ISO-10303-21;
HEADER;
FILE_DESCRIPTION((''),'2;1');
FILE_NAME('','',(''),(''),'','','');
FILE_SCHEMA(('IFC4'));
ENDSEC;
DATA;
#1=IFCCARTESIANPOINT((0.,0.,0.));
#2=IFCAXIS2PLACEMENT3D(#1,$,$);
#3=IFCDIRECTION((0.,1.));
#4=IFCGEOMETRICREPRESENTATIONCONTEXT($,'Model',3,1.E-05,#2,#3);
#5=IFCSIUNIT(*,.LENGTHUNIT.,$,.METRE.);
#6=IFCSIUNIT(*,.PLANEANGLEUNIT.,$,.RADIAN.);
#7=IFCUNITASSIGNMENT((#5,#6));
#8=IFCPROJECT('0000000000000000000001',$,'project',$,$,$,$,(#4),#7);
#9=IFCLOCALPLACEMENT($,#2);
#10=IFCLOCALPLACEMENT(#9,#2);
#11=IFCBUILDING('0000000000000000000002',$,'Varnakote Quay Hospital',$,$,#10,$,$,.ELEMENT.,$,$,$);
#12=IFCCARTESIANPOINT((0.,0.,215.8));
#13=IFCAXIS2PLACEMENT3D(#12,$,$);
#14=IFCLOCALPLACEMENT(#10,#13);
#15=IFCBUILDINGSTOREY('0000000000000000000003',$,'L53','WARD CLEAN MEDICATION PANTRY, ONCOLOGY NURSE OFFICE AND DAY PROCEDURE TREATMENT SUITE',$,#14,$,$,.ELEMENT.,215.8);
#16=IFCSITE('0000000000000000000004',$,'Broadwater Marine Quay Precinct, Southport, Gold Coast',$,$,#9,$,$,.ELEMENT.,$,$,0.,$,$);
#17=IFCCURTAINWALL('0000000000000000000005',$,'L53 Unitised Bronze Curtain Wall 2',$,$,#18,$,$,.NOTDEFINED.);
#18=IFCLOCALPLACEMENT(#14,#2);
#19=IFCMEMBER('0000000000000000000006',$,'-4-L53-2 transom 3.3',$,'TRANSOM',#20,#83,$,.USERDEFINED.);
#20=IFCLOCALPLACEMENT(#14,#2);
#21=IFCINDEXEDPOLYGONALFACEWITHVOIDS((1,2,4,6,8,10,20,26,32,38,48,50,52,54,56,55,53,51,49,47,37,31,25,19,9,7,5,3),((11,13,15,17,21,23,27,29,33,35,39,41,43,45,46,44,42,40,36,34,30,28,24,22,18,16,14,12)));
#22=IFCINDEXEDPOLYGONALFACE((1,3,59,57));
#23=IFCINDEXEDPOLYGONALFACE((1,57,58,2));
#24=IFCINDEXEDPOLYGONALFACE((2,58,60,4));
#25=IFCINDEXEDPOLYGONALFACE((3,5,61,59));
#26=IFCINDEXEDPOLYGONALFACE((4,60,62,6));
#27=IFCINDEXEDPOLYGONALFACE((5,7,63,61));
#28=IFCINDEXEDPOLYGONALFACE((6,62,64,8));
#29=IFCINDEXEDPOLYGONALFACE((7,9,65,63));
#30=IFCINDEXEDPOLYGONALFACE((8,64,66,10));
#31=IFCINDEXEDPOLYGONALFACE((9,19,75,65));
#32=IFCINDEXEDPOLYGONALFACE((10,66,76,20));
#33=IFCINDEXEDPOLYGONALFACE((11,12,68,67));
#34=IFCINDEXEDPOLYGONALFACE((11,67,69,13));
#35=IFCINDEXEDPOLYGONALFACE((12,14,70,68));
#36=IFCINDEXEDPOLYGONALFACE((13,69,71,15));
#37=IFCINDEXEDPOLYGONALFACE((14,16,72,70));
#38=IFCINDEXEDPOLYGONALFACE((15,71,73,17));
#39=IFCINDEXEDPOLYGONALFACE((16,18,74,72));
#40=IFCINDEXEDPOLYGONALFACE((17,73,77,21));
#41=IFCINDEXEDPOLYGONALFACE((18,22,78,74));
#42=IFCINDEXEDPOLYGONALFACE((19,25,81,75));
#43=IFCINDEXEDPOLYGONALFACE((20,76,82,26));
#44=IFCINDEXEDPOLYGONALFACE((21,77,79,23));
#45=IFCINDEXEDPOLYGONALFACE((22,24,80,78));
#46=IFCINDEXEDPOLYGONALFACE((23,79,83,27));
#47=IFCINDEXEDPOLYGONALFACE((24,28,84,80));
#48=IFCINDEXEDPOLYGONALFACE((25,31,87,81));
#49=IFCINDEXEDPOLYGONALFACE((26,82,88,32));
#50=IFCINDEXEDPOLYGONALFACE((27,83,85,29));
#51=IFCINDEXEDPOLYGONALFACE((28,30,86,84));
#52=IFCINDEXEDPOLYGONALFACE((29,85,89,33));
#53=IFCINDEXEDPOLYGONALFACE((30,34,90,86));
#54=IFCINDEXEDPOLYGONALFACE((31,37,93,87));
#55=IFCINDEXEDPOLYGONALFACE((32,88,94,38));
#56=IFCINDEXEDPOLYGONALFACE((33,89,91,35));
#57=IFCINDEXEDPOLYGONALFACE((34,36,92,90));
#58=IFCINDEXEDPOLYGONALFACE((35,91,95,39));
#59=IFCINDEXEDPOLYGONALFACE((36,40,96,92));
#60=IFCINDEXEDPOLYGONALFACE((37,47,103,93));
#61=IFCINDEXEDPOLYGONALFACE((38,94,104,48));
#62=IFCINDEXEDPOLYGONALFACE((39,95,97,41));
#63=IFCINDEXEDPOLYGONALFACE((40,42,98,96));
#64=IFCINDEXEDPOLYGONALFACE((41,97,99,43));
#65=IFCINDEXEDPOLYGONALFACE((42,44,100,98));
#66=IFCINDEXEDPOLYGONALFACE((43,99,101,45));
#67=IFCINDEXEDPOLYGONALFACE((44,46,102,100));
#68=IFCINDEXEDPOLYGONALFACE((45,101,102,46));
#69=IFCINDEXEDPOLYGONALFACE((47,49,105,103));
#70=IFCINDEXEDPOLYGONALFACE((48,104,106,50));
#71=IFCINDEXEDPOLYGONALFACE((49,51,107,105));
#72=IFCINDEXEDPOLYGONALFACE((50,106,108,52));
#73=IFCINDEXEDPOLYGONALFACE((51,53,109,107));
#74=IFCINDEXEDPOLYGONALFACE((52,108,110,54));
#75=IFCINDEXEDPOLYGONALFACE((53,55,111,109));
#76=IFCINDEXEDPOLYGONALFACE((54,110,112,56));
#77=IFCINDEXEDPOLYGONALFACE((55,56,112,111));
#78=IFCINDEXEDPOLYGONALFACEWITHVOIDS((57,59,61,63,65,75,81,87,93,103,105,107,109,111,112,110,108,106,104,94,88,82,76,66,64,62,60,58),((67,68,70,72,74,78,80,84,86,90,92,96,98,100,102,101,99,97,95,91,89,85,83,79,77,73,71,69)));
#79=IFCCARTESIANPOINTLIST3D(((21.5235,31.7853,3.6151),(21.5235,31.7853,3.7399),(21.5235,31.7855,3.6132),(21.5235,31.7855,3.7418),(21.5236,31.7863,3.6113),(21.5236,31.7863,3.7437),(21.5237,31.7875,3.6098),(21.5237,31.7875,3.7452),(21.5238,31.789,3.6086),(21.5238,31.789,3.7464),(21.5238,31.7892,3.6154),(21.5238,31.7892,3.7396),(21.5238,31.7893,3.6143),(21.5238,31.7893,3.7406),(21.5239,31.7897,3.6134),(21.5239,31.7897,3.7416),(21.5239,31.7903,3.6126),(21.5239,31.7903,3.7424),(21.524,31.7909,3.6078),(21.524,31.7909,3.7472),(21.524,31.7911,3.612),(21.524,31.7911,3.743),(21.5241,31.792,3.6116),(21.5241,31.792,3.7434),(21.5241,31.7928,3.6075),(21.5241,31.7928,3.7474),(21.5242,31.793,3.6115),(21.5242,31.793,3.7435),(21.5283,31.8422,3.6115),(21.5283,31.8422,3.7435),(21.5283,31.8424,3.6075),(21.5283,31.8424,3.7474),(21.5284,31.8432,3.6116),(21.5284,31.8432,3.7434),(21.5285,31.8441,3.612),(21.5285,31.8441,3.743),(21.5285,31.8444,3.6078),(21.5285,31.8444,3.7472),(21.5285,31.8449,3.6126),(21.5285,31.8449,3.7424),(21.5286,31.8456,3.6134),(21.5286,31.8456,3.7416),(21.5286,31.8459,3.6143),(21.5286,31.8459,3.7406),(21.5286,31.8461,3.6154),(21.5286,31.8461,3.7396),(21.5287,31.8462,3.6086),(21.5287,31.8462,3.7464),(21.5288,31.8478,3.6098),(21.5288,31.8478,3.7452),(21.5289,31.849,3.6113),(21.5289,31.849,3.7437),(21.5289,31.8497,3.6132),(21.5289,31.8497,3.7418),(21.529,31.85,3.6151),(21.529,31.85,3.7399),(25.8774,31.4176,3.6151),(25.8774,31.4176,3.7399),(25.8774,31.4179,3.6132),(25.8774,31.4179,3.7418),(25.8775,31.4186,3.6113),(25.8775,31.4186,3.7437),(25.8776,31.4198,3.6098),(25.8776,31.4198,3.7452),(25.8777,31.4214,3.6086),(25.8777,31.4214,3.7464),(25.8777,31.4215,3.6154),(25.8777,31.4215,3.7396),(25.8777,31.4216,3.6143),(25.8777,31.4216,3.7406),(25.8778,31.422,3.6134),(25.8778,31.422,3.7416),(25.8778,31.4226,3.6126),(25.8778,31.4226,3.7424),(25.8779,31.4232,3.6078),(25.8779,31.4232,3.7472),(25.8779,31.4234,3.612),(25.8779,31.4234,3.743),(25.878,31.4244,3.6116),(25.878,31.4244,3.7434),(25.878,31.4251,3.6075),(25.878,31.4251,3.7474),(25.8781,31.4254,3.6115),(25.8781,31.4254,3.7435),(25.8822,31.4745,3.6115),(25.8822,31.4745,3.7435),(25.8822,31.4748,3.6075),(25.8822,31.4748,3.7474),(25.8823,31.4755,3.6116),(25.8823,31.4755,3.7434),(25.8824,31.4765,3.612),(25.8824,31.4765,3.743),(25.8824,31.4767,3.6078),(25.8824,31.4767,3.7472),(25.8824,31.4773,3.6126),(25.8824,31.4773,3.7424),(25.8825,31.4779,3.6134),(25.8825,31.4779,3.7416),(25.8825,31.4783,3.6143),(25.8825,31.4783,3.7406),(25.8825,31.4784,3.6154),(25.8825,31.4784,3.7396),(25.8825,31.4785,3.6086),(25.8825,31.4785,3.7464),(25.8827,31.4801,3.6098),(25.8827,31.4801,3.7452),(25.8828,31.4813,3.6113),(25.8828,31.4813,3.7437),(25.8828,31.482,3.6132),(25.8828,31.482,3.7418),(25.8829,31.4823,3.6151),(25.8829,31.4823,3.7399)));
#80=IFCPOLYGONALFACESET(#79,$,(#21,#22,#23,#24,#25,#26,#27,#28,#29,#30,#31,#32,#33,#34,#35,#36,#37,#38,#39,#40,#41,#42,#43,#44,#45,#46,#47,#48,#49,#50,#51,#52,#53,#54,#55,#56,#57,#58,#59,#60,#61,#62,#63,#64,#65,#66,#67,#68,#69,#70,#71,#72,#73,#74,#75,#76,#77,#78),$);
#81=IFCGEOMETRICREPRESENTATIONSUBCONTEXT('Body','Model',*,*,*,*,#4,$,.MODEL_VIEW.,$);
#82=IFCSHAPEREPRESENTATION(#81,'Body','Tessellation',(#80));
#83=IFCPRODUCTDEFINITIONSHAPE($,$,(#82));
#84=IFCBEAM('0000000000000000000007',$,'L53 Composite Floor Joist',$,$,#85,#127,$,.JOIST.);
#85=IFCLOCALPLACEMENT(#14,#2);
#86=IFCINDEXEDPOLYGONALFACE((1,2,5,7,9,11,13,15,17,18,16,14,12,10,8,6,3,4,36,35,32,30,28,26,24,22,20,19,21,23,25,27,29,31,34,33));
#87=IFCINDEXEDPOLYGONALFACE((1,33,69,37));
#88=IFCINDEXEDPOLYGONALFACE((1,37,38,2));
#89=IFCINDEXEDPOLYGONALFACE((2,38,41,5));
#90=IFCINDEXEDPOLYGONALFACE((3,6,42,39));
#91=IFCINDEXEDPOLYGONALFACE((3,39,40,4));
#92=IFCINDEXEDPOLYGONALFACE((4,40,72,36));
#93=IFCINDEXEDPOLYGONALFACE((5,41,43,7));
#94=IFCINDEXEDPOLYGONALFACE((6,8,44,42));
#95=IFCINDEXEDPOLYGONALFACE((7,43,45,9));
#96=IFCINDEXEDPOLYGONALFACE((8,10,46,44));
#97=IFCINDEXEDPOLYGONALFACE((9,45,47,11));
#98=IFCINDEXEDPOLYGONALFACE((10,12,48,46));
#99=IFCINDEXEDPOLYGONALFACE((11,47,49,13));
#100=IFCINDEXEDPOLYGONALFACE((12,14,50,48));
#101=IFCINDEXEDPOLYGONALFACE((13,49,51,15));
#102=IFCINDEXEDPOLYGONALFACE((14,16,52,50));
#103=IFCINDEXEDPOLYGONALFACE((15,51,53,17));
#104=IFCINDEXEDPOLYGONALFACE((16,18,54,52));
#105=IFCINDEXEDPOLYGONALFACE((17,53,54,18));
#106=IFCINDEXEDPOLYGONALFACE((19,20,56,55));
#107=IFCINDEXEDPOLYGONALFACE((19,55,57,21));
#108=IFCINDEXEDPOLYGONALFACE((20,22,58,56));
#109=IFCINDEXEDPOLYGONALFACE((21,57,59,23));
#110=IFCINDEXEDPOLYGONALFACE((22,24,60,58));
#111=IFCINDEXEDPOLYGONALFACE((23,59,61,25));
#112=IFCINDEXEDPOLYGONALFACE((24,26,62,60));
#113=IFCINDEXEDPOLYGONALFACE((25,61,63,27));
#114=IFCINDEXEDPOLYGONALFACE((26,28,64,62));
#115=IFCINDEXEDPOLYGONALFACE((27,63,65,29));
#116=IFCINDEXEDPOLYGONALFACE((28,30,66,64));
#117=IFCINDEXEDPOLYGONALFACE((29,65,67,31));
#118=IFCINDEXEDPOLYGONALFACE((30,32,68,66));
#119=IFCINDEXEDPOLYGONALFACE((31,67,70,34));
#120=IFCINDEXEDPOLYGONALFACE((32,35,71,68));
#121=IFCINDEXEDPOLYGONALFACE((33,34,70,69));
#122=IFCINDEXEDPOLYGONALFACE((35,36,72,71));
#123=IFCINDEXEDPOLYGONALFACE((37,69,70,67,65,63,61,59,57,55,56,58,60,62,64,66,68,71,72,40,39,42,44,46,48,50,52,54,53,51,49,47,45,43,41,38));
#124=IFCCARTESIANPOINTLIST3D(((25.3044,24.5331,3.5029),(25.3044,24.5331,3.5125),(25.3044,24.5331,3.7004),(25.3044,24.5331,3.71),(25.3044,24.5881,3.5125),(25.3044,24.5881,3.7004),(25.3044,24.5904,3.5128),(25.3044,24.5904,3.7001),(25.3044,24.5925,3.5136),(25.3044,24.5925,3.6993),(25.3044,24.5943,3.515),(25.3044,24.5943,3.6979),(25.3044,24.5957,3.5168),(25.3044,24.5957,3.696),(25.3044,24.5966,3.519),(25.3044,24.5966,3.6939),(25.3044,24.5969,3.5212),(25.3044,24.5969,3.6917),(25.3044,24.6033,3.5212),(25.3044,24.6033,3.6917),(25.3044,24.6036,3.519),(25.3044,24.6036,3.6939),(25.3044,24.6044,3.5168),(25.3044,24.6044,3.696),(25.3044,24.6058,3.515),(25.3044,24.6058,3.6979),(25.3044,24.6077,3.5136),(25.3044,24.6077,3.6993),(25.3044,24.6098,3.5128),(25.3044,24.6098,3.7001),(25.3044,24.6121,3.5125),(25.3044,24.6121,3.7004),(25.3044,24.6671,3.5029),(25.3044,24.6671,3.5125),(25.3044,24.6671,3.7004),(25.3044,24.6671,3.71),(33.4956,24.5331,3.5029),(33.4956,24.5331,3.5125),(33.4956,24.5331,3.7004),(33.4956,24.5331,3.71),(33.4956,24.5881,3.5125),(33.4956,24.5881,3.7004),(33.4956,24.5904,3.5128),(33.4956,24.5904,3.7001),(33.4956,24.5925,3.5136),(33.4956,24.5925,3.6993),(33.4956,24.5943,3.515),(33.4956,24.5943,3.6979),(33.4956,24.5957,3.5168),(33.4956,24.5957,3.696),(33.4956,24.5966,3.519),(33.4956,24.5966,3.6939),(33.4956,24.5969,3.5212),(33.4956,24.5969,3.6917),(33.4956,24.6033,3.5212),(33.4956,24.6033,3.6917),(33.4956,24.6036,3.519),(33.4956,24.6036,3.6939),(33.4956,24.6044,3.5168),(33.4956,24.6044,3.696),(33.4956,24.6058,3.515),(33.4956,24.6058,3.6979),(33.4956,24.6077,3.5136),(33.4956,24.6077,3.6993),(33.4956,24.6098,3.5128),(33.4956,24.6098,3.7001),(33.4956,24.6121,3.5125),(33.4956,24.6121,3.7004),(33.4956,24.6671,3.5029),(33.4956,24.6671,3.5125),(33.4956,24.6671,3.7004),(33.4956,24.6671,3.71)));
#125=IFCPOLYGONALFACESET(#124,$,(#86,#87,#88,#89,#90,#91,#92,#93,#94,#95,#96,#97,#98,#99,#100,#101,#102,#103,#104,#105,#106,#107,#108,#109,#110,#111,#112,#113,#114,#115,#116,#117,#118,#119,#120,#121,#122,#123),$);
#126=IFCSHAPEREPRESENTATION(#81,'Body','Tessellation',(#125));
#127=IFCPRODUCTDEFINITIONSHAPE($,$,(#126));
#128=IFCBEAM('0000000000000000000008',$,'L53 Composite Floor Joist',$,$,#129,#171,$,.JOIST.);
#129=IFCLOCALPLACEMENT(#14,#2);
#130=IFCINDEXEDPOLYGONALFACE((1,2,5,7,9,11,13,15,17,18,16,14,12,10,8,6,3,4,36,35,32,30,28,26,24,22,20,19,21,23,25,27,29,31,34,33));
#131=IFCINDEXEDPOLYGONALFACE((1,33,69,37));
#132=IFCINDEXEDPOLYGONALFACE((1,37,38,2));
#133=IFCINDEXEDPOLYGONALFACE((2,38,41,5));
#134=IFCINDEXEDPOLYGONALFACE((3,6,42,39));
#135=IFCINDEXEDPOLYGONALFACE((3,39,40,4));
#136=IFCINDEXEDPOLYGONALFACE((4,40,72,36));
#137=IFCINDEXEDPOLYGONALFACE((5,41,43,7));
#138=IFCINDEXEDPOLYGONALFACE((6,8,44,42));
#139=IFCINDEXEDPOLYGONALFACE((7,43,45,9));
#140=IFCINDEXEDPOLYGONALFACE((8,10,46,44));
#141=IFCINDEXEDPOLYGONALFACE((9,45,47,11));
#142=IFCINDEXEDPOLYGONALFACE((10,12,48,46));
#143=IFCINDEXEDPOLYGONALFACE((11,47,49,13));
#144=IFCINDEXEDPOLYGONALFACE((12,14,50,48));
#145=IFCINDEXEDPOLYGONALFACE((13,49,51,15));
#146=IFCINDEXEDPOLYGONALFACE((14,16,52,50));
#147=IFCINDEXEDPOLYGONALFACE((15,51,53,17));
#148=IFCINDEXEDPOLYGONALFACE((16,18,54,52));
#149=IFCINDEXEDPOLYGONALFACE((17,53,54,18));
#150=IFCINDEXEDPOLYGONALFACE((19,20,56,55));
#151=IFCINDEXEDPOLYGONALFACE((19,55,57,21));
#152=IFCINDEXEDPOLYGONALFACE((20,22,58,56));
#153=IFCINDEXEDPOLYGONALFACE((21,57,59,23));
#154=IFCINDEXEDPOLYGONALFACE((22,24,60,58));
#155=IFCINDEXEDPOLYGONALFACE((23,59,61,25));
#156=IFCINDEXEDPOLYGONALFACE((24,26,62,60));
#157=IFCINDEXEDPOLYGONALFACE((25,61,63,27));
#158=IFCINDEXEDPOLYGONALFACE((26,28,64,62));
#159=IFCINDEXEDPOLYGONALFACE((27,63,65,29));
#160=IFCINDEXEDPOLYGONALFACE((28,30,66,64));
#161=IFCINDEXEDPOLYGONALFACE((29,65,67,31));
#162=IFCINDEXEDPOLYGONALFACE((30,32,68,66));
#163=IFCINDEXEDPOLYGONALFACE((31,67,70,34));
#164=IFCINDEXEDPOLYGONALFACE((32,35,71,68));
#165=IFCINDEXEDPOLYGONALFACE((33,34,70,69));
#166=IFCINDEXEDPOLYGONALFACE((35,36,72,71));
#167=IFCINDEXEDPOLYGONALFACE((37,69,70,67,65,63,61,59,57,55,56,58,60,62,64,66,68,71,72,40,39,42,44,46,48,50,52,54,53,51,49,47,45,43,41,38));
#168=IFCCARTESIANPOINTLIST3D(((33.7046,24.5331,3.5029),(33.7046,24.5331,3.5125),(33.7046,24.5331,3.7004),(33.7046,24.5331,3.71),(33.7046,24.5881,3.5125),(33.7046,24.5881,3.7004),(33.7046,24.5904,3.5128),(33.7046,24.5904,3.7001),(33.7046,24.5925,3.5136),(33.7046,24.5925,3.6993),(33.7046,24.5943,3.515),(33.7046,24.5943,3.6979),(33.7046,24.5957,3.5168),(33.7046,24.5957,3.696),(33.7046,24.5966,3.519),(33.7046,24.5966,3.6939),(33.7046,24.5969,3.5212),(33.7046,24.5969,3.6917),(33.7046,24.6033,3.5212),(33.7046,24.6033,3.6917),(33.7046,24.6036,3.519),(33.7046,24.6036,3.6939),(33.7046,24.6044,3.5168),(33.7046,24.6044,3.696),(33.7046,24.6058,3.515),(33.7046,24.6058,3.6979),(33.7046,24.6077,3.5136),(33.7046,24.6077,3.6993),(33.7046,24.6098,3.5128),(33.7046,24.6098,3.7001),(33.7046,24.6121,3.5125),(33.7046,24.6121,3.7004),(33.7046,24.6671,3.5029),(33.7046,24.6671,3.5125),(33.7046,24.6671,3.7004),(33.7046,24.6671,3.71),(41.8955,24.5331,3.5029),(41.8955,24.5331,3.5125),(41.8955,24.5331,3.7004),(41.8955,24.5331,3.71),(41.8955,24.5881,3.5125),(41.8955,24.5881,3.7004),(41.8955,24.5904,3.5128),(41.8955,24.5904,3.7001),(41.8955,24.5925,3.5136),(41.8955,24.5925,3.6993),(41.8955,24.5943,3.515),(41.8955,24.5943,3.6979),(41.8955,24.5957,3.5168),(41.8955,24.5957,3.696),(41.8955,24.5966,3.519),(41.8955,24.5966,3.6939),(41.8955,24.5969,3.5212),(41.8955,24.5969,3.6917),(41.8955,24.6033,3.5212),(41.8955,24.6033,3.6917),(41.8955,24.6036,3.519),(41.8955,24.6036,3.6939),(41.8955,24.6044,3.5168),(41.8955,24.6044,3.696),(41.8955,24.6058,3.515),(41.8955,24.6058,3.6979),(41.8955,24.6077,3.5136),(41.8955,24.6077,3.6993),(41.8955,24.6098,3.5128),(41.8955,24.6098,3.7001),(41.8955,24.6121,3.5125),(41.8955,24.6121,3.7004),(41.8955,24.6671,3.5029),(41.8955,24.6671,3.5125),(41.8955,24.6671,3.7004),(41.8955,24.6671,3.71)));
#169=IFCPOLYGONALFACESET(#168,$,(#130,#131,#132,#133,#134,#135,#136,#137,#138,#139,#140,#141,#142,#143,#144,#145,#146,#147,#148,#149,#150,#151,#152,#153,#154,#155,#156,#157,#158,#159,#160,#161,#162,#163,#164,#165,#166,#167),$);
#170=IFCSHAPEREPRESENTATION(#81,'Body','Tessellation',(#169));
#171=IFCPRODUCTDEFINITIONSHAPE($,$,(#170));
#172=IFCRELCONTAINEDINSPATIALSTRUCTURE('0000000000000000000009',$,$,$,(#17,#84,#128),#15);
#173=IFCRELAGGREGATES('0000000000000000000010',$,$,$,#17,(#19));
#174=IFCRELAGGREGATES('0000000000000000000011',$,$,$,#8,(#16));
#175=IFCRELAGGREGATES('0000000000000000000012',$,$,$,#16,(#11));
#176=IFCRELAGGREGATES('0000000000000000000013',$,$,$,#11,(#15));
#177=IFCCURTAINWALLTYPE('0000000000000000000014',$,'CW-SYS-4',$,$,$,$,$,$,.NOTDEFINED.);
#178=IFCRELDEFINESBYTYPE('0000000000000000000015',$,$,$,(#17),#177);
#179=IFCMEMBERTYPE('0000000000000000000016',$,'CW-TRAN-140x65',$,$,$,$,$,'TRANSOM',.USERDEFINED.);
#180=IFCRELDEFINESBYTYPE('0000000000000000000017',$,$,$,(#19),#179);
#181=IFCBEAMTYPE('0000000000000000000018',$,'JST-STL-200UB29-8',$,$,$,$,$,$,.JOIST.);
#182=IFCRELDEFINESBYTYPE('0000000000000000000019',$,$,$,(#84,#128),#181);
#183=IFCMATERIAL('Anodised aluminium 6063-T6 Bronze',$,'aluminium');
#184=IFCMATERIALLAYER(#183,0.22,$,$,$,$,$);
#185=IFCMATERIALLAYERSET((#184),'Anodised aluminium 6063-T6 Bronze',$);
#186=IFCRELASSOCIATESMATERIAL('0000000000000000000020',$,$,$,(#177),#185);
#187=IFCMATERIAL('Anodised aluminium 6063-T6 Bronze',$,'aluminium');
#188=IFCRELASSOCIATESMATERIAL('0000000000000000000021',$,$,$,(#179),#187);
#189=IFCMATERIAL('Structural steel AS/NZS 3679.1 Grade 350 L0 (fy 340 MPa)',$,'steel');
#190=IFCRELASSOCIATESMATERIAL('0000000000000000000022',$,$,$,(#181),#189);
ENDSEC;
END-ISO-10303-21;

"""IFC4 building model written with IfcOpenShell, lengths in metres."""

from ifc_helpers import new_model, si_unit, direction, frame, origin, origin_2d, place, context, subcontext, project, spatial, hollow_rectangle, i_section, extrude, material, layer, layer_set, material_profile, profile_set, type_object, element, aggregate, save


model = new_model("IFC4")

# Units and contexts
model_context = context("Model", 3, precision=1e-05, world=origin(), true_north=direction((0.0, 1.0)))
body_context = subcontext(model_context, "Body", "Model", "MODEL_VIEW")
ifc_project = project(units=[si_unit("LENGTHUNIT", "METRE"), si_unit("PLANEANGLEUNIT", "RADIAN")], contexts=[model_context])

# Site, building, storey
site_placement = place(None, origin())
site = spatial("IfcSite", under=ifc_project, at=site_placement, Name="Broadwater Marine Quay Precinct, Southport, Gold Coast", CompositionType="ELEMENT", RefElevation=0.0)
building_placement = place(site_placement, origin())
building = spatial("IfcBuilding", under=site, at=building_placement, Name="Varnakote Quay Hospital", CompositionType="ELEMENT")
storey_placement = place(building_placement, frame((0.0, 0.0, 215.8)))
storey = spatial("IfcBuildingStorey", under=building, at=storey_placement, Name="L53", Description="WARD CLEAN MEDICATION PANTRY, ONCOLOGY NURSE OFFICE AND DAY PROCEDURE TREATMENT SUITE", CompositionType="ELEMENT", Elevation=215.8)

# Curtain wall, member
ifc_material_1 = material(Name="Anodised aluminium 6063-T6 Bronze", Category="aluminium")
ifc_layer_1 = layer(ifc_material_1, 0.22)
ifc_layer_set_1 = layer_set([ifc_layer_1], Name="Anodised aluminium 6063-T6 Bronze")
curtain_wall_type = type_object("IfcCurtainWallType", Name="CW-SYS-4", PredefinedType="NOTDEFINED", material=ifc_layer_set_1)
curtain_wall_placement = place(storey_placement, origin())
curtain_wall = element("IfcCurtainWall", 1, at=curtain_wall_placement, inside=storey, type_object=curtain_wall_type, Name="L53 Unitised Bronze Curtain Wall 2", PredefinedType="NOTDEFINED")
ifc_material_2 = material(Name="Anodised aluminium 6063-T6 Bronze", Category="aluminium")
ifc_material_profile_1 = material_profile(ifc_material_2, hollow_rectangle(XDim=0.0649, YDim=0.1399, WallThickness=0.0039, InnerFilletRadius=0.0039, OuterFilletRadius=0.0076, at=origin_2d()), Name="CW-TRAN-140x65")
ifc_profile_set_1 = profile_set([ifc_material_profile_1], Name="Anodised aluminium 6063-T6 Bronze")
member_type_1 = type_object("IfcMemberType", Name="CW-TRAN-140x65", ElementType="TRANSOM", PredefinedType="USERDEFINED", material=ifc_profile_set_1)
member_1_placement = place(storey_placement, frame((25.8801, 31.45, 3.6775), z_axis=(-0.996453, 0.084146, 0.0), x_axis=(-0.084146, -0.996453, 0.0)))
member_1 = element("IfcMember", 2, at=member_1_placement, type_object=member_type_1, Name="-4-L53-2 transom 3.3", ObjectType="TRANSOM", PredefinedType="USERDEFINED", context=body_context, shape_type="SweptSolid", body=[
    extrude(hollow_rectangle(XDim=0.0649, YDim=0.1399, WallThickness=0.0039, InnerFilletRadius=0.0039, OuterFilletRadius=0.0076, at=origin_2d()), origin(), (0.0, 0.0, 1.0), 4.3694),
])

# Beams
ifc_material_3 = material(Name="Structural steel AS/NZS 3679.1 Grade 350 L0 (fy 340 MPa)", Category="steel")
ifc_material_profile_2 = material_profile(ifc_material_3, i_section(OverallWidth=0.134, OverallDepth=0.207, WebThickness=0.0063, FlangeThickness=0.0095, FilletRadius=0.0088, at=origin_2d()), Name="200UB29.8")
ifc_profile_set_2 = profile_set([ifc_material_profile_2], Name="Structural steel AS/NZS 3679.1 Grade 350 L0 (fy 340 MPa)")
beam_type_1 = type_object("IfcBeamType", Name="JST-STL-200UB29-8", PredefinedType="JOIST", material=ifc_profile_set_2)
beam_1_placement = place(storey_placement, frame((25.3044, 24.6001, 3.6064), z_axis=(1.0, 0.0, 0.0), x_axis=(0.0, 1.0, 0.0)))
element("IfcBeam", 3, at=beam_1_placement, inside=storey, type_object=beam_type_1, Name="L53 Composite Floor Joist", PredefinedType="JOIST", context=body_context, shape_type="SweptSolid", body=[
    extrude(i_section(OverallWidth=0.134, OverallDepth=0.207, WebThickness=0.0063, FlangeThickness=0.0095, FilletRadius=0.0088, at=origin_2d()), origin(), (0.0, 0.0, 1.0), 8.1912),
])
beam_2_placement = place(storey_placement, frame((33.7046, 24.6001, 3.6064), z_axis=(1.0, 0.0, 0.0), x_axis=(0.0, 1.0, 0.0)))
element("IfcBeam", 4, at=beam_2_placement, inside=storey, type_object=beam_type_1, Name="L53 Composite Floor Joist", PredefinedType="JOIST", context=body_context, shape_type="SweptSolid", body=[
    extrude(i_section(OverallWidth=0.134, OverallDepth=0.207, WebThickness=0.0063, FlangeThickness=0.0095, FilletRadius=0.0088, at=origin_2d()), origin(), (0.0, 0.0, 1.0), 8.1909),
])

aggregate(curtain_wall, [member_1])

save(model, "model.ifc")
